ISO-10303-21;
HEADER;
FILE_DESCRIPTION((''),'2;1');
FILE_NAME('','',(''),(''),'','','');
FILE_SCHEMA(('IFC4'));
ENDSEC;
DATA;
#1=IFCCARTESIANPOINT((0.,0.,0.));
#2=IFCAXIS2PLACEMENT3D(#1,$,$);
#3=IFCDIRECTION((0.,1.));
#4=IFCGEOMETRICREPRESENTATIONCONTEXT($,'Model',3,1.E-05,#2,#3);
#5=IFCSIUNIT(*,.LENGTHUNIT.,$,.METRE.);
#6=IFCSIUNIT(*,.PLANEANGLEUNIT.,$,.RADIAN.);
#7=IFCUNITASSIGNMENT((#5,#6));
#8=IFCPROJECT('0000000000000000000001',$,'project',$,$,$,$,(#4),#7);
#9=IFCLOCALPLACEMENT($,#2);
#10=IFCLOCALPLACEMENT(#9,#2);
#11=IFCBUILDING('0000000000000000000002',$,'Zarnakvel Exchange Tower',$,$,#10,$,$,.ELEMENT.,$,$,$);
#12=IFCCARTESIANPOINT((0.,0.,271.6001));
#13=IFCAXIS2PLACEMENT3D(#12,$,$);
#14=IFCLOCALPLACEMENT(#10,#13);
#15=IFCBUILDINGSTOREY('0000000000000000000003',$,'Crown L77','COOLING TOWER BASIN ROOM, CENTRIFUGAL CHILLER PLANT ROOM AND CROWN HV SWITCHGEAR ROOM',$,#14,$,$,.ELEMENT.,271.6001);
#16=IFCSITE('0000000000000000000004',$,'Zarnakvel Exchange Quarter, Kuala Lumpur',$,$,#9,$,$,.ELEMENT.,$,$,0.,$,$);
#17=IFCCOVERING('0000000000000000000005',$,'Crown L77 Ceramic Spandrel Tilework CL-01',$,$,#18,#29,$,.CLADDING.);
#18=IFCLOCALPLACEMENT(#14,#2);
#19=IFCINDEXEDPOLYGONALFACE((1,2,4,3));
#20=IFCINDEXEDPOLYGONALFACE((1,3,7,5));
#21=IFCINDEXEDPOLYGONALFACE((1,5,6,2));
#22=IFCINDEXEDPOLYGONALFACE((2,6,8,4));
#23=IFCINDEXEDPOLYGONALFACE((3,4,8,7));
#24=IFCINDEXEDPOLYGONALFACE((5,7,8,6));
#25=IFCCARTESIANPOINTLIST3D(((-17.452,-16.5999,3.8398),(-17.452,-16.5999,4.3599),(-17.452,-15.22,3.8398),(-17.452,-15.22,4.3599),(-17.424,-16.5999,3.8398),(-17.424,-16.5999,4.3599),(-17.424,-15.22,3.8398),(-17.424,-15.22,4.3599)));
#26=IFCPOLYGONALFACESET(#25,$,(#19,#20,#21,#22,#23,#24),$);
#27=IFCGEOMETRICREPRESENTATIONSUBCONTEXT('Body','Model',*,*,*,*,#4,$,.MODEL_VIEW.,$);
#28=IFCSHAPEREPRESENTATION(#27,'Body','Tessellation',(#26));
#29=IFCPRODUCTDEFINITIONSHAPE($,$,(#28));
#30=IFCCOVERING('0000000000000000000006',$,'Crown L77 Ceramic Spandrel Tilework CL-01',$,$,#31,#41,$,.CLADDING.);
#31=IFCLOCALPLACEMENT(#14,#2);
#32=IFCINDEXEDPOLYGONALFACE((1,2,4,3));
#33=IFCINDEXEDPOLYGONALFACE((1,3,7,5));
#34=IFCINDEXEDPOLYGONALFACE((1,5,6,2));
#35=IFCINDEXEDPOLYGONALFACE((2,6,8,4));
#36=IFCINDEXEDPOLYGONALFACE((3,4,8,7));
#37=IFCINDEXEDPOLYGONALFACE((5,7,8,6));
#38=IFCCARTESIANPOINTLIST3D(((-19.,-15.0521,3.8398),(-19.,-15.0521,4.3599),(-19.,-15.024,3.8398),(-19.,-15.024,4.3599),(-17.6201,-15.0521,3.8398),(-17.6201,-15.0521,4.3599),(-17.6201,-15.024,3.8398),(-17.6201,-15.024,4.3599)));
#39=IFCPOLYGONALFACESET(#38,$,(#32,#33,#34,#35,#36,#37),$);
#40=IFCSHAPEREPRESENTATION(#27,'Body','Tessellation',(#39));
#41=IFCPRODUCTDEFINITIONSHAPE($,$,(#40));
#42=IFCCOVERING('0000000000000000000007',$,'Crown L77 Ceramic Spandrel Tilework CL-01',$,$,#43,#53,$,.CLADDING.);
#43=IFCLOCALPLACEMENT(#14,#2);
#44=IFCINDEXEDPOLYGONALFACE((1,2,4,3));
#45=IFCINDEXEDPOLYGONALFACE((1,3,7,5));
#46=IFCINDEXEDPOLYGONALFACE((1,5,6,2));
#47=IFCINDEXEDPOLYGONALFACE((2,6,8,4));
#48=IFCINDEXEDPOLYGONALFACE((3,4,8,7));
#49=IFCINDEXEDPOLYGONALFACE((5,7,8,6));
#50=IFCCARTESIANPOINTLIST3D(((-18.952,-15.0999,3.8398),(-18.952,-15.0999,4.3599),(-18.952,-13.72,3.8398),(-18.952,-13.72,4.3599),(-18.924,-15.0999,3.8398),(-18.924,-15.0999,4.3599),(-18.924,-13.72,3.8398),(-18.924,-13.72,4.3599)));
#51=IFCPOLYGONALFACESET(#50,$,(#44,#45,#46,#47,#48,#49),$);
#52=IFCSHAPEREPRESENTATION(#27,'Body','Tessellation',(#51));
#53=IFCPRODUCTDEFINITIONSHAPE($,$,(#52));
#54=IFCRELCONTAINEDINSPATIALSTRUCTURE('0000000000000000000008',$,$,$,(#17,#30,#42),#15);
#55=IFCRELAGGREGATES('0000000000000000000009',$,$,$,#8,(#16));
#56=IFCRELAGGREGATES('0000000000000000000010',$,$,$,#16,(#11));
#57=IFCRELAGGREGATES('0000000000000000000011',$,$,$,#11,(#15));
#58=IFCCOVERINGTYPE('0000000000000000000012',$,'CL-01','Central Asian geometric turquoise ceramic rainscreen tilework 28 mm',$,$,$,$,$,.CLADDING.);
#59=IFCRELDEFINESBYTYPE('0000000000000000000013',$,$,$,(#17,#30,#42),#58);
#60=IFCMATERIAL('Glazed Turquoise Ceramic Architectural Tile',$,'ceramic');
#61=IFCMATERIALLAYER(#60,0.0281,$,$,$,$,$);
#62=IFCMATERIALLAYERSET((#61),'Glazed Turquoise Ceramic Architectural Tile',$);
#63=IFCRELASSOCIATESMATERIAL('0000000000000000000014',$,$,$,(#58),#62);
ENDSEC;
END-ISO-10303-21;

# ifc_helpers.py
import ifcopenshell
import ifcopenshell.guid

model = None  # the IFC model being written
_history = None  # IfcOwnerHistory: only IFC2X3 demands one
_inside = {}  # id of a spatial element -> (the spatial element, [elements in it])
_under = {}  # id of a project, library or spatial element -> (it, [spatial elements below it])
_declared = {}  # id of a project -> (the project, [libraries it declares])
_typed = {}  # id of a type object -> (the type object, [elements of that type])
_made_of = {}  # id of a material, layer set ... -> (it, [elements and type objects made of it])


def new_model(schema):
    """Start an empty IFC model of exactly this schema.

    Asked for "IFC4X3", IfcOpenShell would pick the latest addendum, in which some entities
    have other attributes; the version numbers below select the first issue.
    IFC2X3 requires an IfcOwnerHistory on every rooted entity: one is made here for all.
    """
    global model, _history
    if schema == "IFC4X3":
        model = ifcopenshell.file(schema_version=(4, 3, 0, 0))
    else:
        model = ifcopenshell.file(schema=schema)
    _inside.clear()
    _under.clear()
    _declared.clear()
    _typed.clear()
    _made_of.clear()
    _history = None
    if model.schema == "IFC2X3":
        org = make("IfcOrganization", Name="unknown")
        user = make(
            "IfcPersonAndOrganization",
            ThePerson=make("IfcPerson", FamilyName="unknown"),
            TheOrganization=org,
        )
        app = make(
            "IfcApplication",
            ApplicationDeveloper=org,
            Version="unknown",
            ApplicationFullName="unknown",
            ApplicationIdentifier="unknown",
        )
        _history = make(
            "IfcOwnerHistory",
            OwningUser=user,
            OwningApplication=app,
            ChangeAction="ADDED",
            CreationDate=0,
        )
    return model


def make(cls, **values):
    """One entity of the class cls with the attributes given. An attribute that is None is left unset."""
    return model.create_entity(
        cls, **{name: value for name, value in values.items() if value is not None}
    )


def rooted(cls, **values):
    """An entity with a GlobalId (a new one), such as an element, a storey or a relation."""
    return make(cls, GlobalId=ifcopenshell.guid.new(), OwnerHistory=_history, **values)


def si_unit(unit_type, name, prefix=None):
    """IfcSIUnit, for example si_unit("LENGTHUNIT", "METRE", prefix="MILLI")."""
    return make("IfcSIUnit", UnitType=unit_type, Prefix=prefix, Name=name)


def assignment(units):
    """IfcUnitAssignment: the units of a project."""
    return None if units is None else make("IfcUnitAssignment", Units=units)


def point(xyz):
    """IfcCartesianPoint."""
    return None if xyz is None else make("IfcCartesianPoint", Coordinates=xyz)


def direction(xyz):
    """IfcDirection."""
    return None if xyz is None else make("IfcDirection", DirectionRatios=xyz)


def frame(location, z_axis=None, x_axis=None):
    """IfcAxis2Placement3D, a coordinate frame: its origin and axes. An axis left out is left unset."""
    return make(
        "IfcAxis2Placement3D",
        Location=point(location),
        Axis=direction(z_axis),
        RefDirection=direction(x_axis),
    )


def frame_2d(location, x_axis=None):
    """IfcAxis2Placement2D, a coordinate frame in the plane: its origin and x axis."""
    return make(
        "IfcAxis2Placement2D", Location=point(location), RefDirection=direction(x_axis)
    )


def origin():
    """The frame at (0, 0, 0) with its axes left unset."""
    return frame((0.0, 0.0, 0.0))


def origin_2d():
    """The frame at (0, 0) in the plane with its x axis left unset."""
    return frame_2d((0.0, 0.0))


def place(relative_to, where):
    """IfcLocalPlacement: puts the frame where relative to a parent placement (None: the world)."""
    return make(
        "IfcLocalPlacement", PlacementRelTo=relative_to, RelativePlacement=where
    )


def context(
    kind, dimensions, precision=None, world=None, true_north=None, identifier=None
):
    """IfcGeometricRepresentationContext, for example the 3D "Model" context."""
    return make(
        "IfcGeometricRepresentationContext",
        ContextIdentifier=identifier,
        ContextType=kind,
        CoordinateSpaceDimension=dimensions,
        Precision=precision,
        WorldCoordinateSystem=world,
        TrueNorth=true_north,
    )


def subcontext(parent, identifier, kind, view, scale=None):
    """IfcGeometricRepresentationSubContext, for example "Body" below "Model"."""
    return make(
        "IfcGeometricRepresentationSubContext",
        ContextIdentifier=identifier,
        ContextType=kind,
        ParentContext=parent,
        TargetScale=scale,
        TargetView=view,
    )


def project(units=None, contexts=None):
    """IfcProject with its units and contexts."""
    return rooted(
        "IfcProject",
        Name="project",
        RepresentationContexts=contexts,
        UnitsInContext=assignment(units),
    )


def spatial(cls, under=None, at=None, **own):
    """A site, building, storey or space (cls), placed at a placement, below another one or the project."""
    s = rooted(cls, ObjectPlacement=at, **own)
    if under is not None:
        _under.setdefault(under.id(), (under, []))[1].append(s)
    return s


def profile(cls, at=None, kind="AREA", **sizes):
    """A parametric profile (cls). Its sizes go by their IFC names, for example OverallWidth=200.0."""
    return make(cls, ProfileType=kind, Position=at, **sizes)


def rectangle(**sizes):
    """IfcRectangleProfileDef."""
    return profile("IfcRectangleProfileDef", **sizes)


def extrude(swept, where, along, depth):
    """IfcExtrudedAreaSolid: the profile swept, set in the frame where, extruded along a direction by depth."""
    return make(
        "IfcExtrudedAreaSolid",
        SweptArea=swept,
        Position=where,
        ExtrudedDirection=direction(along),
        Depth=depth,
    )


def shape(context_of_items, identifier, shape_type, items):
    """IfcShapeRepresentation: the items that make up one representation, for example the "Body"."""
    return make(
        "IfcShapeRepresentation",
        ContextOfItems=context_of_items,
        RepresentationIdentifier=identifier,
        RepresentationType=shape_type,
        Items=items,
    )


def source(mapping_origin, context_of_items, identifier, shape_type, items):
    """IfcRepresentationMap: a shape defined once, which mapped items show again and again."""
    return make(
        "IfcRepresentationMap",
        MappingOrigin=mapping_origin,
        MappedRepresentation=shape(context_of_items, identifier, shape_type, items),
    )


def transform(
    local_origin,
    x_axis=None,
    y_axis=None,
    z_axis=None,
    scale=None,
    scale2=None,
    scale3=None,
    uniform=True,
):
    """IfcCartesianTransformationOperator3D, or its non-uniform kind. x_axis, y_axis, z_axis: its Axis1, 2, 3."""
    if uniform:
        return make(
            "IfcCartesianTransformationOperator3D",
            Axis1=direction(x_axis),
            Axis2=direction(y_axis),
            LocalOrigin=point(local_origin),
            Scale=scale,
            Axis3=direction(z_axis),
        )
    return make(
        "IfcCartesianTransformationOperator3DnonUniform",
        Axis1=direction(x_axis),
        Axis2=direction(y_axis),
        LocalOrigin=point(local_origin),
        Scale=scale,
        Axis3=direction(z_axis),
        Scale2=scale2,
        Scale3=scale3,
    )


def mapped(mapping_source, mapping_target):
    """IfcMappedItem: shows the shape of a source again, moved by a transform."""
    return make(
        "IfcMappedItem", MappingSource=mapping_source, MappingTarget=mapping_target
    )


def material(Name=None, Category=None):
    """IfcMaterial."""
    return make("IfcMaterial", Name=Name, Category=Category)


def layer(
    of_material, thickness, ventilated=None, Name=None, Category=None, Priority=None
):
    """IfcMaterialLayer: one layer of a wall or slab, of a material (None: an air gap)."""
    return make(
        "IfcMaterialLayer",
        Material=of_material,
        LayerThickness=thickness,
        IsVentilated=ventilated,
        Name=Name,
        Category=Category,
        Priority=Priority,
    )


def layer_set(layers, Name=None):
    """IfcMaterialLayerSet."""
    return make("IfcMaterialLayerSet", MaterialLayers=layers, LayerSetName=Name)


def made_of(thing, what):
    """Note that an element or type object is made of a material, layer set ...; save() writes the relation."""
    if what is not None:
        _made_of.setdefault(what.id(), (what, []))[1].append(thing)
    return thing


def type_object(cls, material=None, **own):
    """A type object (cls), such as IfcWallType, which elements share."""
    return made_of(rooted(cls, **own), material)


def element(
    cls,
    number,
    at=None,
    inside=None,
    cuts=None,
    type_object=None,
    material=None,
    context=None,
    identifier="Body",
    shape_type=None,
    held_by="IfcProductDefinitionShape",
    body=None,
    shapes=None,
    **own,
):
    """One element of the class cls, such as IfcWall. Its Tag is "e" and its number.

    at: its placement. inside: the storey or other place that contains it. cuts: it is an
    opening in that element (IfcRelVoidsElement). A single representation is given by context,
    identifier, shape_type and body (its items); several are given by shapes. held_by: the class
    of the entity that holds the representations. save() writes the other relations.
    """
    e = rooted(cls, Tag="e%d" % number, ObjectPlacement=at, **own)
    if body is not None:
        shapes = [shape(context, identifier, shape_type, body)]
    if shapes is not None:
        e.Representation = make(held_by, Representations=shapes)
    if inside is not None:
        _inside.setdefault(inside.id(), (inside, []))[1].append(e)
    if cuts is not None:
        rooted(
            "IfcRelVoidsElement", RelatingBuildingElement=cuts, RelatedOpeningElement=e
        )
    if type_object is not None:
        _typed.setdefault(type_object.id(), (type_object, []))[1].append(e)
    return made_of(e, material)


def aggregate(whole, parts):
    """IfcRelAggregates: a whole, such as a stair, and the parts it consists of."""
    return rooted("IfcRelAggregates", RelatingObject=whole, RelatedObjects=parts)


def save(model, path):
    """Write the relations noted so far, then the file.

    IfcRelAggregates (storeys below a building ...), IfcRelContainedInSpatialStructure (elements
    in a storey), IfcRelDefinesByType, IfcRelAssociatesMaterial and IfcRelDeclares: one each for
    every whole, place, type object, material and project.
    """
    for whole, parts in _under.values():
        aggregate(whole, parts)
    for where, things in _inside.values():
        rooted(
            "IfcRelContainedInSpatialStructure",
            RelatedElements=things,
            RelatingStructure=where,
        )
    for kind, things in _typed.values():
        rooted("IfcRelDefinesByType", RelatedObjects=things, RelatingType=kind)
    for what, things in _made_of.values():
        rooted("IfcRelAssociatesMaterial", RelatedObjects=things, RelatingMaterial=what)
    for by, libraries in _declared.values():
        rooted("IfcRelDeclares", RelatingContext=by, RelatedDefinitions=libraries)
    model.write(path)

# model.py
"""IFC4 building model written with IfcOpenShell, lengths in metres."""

from ifc_helpers import new_model, si_unit, direction, frame, origin, origin_2d, place, context, subcontext, project, spatial, rectangle, extrude, source, transform, mapped, material, layer, layer_set, type_object, element, save


model = new_model("IFC4")

# Units and contexts
model_context = context("Model", 3, precision=1e-05, world=origin(), true_north=direction((0.0, 1.0)))
body_context = subcontext(model_context, "Body", "Model", "MODEL_VIEW")
ifc_project = project(units=[si_unit("LENGTHUNIT", "METRE"), si_unit("PLANEANGLEUNIT", "RADIAN")], contexts=[model_context])

# Site, building, storey
site_placement = place(None, origin())
site = spatial("IfcSite", under=ifc_project, at=site_placement, Name="Zarnakvel Exchange Quarter, Kuala Lumpur", CompositionType="ELEMENT", RefElevation=0.0)
building_placement = place(site_placement, origin())
building = spatial("IfcBuilding", under=site, at=building_placement, Name="Zarnakvel Exchange Tower", CompositionType="ELEMENT")
storey_placement = place(building_placement, frame((0.0, 0.0, 271.6001)))
storey = spatial("IfcBuildingStorey", under=building, at=storey_placement, Name="Crown L77", Description="COOLING TOWER BASIN ROOM, CENTRIFUGAL CHILLER PLANT ROOM AND CROWN HV SWITCHGEAR ROOM", CompositionType="ELEMENT", Elevation=271.6001)

# Coverings
ifc_material_1 = material(Name="Glazed Turquoise Ceramic Architectural Tile", Category="ceramic")
ifc_layer_1 = layer(ifc_material_1, 0.0281)
ifc_layer_set_1 = layer_set([ifc_layer_1], Name="Glazed Turquoise Ceramic Architectural Tile")
covering_type = type_object("IfcCoveringType", Name="CL-01", Description="Central Asian geometric turquoise ceramic rainscreen tilework 28 mm", PredefinedType="CLADDING", material=ifc_layer_set_1)
shared_shape_1 = source(origin(), body_context, "Body", "SweptSolid", [
    extrude(rectangle(XDim=1.3799, YDim=0.0281, at=origin_2d()), origin(), (0.0, 0.0, 1.0), 0.52),
])
for number, where, z_axis, x_axis, name in (
    (1, (-17.438, -15.9099, 3.8398), (0.0, 0.0, 1.0), (0.0, -1.0, 0.0), "Crown L77 Ceramic Spandrel Tilework CL-01"),
    (2, (-18.3101, -15.0381, 3.8398), (0.0, 0.0, 1.0), (1.0, 0.0, 0.0), "Crown L77 Ceramic Spandrel Tilework CL-01"),
    (3, (-18.938, -14.4099, 3.8398), (0.0, 0.0, 1.0), (0.0, -1.0, 0.0), "Crown L77 Ceramic Spandrel Tilework CL-01"),
):
    element("IfcCovering", number, at=place(storey_placement, frame(where, z_axis=z_axis, x_axis=x_axis)), inside=storey, type_object=covering_type, Name=name, PredefinedType="CLADDING", context=body_context, shape_type="MappedRepresentation", body=[
        mapped(shared_shape_1, transform((0.0, 0.0, 0.0), x_axis=(1.0, 0.0, 0.0), y_axis=(0.0, 1.0, 0.0), z_axis=(0.0, 0.0, 1.0), scale=1.0)),
    ])

save(model, "model.ifc")
